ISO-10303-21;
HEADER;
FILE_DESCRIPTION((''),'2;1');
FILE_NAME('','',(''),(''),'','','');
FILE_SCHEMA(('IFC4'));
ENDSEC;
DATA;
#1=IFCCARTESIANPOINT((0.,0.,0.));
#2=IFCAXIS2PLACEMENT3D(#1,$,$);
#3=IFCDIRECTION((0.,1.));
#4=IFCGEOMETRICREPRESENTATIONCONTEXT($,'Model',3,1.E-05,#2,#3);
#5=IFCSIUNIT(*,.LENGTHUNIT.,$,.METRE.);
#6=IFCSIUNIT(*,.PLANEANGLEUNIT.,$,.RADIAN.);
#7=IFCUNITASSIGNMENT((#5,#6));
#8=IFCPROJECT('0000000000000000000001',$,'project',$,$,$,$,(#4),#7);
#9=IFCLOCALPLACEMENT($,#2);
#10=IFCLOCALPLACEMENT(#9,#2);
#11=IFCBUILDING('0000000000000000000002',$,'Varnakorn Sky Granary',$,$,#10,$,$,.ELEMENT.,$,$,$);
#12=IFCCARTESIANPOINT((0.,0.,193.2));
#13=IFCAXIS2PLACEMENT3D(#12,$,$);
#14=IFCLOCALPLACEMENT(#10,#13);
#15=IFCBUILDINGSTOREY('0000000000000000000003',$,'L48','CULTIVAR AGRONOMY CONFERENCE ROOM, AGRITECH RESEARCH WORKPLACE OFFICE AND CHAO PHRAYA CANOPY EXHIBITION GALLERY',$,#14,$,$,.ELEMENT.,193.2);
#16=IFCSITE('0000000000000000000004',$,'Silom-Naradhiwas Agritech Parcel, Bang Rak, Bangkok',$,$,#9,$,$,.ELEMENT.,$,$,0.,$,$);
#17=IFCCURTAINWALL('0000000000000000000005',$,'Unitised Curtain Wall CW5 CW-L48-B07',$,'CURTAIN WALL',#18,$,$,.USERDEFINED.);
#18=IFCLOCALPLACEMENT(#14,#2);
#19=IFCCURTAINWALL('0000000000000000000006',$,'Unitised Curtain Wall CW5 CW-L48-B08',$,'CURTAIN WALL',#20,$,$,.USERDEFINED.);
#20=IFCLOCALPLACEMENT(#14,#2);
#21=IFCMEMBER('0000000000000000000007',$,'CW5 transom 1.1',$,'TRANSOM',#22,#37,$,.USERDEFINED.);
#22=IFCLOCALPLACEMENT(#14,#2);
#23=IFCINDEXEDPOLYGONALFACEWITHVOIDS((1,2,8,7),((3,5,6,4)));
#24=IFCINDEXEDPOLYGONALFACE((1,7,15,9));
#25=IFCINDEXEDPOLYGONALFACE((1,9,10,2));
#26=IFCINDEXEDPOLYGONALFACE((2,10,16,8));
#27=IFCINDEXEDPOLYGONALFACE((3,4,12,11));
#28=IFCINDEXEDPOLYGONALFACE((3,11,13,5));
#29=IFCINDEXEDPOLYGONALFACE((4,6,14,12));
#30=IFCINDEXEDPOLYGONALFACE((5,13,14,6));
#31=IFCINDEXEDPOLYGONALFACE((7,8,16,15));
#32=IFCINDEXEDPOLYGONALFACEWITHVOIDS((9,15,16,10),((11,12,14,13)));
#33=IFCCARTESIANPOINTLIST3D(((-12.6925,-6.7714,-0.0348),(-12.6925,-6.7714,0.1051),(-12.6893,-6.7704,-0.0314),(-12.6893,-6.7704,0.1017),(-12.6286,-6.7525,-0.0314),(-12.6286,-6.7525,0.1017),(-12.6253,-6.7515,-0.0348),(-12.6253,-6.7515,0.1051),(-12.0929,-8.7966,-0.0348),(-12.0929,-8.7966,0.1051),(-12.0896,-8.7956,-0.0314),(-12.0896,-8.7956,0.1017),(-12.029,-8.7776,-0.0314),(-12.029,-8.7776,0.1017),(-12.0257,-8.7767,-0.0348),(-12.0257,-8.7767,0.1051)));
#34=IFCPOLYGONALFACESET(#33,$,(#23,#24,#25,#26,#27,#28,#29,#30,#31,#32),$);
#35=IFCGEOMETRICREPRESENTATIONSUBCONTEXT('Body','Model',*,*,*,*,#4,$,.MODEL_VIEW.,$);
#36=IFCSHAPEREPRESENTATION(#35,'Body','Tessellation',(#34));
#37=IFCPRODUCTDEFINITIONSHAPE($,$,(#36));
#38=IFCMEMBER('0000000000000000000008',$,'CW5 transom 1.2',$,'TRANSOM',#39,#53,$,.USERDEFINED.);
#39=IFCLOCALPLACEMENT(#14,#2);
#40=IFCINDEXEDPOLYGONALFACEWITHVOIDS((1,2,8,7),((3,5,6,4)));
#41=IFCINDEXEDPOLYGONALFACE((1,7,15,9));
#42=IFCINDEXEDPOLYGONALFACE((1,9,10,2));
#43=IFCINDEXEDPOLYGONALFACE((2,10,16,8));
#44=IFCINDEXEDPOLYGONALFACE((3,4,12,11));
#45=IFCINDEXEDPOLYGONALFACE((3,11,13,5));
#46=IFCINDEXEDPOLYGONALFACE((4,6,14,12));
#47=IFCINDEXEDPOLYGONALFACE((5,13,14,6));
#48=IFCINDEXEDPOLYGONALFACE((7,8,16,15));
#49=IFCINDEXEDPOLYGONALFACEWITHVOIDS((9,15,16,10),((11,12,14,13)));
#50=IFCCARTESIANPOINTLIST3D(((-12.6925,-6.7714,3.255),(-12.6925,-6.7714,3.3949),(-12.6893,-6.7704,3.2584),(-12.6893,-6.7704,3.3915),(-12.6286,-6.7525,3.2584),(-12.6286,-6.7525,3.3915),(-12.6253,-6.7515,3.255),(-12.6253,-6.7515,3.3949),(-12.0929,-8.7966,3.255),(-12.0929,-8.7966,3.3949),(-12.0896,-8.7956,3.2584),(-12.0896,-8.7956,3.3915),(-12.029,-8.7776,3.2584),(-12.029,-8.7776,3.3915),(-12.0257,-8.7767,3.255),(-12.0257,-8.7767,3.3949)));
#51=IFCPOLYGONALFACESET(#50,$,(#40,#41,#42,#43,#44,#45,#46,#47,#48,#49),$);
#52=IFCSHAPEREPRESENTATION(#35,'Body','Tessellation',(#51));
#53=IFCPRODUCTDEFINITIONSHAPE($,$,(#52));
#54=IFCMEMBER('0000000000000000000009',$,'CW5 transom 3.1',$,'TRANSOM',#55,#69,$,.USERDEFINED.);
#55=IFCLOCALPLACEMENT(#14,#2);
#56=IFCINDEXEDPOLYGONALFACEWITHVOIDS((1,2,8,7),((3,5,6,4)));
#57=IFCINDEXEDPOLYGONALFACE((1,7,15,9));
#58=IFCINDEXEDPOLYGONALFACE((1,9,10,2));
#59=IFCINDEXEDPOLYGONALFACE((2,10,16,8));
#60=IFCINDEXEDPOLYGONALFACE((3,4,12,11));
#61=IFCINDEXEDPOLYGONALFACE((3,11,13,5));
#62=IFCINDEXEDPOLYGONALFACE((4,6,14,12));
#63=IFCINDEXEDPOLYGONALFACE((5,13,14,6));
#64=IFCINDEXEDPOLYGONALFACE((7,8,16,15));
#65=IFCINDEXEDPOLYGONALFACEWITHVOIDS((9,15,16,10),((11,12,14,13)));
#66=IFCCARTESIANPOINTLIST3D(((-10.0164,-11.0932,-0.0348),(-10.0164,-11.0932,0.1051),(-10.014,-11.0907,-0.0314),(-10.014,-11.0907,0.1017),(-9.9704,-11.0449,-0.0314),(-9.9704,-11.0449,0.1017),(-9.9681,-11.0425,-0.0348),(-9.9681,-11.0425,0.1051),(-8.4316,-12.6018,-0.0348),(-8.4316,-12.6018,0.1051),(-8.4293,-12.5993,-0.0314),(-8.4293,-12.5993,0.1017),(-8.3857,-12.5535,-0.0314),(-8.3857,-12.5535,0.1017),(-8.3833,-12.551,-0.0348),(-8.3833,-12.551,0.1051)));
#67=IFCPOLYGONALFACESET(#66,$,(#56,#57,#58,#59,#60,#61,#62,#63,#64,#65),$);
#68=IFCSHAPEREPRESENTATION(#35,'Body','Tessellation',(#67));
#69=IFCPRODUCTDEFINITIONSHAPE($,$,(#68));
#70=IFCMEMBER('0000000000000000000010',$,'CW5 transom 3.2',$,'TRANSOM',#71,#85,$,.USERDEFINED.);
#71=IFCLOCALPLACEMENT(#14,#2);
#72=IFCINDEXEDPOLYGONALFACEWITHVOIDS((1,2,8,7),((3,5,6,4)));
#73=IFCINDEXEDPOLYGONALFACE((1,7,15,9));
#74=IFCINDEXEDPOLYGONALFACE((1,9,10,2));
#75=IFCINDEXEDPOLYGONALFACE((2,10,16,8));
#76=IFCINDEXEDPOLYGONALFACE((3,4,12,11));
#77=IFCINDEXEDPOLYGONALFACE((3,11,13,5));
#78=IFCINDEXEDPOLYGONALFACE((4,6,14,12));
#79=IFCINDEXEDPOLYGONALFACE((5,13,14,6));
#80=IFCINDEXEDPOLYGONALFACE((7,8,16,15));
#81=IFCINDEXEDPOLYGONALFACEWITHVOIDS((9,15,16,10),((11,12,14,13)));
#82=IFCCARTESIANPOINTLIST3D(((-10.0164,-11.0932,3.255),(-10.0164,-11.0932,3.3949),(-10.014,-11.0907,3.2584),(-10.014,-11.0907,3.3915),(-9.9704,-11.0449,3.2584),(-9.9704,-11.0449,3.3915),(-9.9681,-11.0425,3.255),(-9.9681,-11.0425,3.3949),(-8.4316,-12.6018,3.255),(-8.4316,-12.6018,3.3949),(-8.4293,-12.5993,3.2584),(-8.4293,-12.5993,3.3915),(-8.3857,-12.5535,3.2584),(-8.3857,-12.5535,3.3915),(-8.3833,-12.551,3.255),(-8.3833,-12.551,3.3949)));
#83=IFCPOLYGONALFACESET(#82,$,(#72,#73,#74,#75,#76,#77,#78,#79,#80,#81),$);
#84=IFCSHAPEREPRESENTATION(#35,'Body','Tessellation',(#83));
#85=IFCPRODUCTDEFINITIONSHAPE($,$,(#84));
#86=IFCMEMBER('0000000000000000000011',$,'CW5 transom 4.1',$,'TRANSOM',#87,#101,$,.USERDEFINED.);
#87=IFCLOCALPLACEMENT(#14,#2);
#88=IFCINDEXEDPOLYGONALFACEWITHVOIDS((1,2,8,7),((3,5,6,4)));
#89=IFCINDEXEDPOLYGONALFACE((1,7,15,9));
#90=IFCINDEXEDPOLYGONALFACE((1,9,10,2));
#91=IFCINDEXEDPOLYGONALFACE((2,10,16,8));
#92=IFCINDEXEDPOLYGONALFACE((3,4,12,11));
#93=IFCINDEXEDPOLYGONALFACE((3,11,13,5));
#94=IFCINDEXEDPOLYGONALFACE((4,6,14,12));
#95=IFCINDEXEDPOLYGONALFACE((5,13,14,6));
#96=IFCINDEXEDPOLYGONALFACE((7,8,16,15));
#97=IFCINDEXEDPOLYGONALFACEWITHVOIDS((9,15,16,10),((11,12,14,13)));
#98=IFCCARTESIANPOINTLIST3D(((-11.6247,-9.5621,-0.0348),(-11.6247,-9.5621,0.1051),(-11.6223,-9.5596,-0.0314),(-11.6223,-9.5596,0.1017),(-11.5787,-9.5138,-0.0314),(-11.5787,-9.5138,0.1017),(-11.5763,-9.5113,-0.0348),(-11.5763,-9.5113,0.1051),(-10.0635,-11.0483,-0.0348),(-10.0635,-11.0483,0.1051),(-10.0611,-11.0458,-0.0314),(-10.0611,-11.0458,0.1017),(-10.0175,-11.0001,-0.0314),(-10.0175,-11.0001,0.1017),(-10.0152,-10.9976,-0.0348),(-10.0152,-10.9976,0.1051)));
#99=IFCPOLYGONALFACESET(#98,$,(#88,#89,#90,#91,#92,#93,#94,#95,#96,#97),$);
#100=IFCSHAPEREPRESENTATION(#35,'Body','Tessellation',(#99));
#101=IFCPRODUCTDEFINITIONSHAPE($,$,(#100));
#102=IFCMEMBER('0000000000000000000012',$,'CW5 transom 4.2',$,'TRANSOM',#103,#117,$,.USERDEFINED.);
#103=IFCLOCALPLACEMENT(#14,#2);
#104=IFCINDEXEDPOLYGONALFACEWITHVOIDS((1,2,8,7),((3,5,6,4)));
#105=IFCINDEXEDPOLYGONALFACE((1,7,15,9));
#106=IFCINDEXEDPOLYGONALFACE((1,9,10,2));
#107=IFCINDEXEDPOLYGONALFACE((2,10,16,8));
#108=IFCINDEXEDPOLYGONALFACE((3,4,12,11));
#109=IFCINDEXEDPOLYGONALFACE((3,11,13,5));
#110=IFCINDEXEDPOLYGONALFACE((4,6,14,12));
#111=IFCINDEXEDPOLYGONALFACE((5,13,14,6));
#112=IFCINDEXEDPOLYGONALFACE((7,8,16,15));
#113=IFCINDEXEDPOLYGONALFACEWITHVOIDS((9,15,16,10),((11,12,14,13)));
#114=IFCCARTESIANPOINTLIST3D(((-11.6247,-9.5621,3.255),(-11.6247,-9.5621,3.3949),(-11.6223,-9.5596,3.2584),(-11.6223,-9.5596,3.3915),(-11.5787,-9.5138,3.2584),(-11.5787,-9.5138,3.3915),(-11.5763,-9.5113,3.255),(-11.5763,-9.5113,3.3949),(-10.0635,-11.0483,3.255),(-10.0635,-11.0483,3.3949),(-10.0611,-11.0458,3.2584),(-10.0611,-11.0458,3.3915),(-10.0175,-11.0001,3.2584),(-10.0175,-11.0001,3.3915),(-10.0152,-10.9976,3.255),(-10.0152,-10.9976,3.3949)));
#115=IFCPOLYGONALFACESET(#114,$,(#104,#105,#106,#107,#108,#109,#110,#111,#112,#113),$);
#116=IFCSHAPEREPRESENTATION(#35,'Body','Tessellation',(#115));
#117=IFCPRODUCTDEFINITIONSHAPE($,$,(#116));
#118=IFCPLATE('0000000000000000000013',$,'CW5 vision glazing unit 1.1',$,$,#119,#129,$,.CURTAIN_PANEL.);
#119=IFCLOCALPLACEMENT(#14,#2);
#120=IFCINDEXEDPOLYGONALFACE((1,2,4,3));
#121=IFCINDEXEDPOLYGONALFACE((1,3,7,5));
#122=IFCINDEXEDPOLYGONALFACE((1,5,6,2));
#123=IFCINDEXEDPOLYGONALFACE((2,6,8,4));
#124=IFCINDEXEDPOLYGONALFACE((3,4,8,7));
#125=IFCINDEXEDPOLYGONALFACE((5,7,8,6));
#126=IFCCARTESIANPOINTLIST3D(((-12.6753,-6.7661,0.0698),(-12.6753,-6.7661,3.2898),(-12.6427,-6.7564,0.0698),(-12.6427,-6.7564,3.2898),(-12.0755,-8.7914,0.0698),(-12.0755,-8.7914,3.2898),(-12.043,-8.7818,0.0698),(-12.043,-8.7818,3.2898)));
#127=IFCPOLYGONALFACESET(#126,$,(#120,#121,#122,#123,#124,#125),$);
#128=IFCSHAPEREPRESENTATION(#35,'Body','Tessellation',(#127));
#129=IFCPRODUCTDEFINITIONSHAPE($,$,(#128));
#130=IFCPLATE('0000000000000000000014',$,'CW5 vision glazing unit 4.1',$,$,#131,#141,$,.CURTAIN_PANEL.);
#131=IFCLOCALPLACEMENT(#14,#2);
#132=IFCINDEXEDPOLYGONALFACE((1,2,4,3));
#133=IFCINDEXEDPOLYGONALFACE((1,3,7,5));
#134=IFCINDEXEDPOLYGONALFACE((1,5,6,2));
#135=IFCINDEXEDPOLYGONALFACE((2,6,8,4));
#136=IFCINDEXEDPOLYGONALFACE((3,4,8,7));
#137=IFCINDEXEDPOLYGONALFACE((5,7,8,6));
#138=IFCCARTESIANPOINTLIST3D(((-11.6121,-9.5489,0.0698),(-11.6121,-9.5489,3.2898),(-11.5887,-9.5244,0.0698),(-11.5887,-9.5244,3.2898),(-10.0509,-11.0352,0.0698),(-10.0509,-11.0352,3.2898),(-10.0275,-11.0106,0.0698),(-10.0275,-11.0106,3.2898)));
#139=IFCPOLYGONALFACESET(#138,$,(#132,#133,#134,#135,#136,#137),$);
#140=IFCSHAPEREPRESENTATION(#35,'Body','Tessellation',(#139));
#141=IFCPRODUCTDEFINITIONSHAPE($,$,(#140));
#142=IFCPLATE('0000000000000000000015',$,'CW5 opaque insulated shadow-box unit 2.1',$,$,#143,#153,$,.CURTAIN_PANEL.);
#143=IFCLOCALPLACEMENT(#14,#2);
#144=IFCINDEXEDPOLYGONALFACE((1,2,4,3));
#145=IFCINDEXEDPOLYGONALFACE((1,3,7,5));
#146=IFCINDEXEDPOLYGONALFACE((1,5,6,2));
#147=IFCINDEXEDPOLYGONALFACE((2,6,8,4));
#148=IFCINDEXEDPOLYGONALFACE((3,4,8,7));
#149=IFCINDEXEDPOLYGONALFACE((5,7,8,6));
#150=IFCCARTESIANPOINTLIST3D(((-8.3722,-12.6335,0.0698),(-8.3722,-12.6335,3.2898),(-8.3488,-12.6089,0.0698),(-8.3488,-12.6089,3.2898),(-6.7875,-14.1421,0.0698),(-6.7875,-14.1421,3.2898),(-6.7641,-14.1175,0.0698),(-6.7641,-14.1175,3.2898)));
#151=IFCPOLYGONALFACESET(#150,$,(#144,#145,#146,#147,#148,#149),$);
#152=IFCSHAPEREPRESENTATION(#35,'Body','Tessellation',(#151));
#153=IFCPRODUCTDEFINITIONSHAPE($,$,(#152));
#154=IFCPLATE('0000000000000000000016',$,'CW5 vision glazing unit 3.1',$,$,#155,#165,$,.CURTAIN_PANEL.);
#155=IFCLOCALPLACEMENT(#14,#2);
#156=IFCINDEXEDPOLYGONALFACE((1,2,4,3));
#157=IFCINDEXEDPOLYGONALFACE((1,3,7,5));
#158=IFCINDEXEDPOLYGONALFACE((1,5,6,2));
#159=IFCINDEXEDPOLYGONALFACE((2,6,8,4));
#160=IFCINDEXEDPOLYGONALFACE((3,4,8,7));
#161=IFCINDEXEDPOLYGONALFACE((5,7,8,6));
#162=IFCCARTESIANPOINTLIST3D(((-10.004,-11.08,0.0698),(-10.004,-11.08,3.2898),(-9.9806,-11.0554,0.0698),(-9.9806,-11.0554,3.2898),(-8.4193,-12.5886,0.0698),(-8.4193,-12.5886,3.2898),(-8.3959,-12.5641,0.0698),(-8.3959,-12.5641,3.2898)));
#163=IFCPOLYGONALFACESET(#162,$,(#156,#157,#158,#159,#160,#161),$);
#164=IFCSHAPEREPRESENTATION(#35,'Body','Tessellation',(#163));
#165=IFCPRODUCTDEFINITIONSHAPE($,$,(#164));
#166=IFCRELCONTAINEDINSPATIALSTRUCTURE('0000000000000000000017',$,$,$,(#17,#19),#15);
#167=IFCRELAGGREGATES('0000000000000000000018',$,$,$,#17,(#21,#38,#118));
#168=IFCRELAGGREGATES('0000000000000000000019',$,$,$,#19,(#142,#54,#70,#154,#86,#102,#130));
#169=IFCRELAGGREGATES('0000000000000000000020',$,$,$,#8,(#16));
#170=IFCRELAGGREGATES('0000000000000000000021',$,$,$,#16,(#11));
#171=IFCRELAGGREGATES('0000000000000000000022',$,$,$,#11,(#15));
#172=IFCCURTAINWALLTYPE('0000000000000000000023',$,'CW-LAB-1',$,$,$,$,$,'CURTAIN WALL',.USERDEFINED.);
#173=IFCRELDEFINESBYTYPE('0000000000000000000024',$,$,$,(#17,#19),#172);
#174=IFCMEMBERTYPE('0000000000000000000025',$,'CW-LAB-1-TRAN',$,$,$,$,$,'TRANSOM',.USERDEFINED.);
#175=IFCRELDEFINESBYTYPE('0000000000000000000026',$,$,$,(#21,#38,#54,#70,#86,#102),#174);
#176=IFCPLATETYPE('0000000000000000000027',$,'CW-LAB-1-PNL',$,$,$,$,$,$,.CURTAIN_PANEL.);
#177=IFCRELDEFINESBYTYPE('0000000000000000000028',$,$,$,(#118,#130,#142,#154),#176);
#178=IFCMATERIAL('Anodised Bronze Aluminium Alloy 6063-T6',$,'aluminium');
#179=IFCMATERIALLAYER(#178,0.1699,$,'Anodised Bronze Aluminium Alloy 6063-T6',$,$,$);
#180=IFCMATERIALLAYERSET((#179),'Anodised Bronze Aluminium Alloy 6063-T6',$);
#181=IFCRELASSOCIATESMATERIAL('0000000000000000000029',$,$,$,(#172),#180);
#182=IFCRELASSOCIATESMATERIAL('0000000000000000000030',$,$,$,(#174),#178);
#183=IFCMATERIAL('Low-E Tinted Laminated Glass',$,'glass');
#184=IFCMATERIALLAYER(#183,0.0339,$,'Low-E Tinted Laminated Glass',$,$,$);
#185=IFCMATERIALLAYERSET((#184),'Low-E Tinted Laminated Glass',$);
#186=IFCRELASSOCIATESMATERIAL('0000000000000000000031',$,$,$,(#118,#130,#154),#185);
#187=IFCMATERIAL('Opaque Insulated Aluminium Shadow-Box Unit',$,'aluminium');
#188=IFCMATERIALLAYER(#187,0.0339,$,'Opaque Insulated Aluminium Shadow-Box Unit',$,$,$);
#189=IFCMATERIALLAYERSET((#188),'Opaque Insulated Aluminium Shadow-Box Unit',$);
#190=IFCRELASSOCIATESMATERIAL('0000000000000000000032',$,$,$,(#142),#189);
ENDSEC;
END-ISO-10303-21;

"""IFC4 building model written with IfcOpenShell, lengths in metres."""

from ifc_helpers import new_model, si_unit, direction, frame, origin, origin_2d, place, context, subcontext, project, spatial, rectangle, hollow_rectangle, extrude, source, transform, mapped, material, layer, layer_set, material_profile, profile_set, type_object, type_shapes, element, aggregate, save


model = new_model("IFC4")

# Units and contexts
model_context = context("Model", 3, precision=1e-05, world=origin(), true_north=direction((0.0, 1.0)))
body_context = subcontext(model_context, "Body", "Model", "MODEL_VIEW")
ifc_project = project(units=[si_unit("LENGTHUNIT", "METRE"), si_unit("PLANEANGLEUNIT", "RADIAN")], contexts=[model_context])

# Site, building, storey
site_placement = place(None, origin())
site = spatial("IfcSite", under=ifc_project, at=site_placement, Name="Silom-Naradhiwas Agritech Parcel, Bang Rak, Bangkok", CompositionType="ELEMENT", RefElevation=0.0)
building_placement = place(site_placement, origin())
building = spatial("IfcBuilding", under=site, at=building_placement, Name="Varnakorn Sky Granary", CompositionType="ELEMENT")
storey_placement = place(building_placement, frame((0.0, 0.0, 193.2)))
storey = spatial("IfcBuildingStorey", under=building, at=storey_placement, Name="L48", Description="CULTIVAR AGRONOMY CONFERENCE ROOM, AGRITECH RESEARCH WORKPLACE OFFICE AND CHAO PHRAYA CANOPY EXHIBITION GALLERY", CompositionType="ELEMENT", Elevation=193.2)

# Curtain walls
ifc_material_1 = material(Name="Anodised Bronze Aluminium Alloy 6063-T6", Category="aluminium")
ifc_layer_1 = layer(ifc_material_1, 0.1699, Name="Anodised Bronze Aluminium Alloy 6063-T6")
ifc_layer_set_1 = layer_set([ifc_layer_1], Name="Anodised Bronze Aluminium Alloy 6063-T6")
curtain_wall_type = type_object("IfcCurtainWallType", Name="CW-LAB-1", ElementType="CURTAIN WALL", PredefinedType="USERDEFINED", material=ifc_layer_set_1)
curtain_wall_1_placement = place(storey_placement, origin())
curtain_wall_1 = element("IfcCurtainWall", 1, at=curtain_wall_1_placement, inside=storey, type_object=curtain_wall_type, Name="Unitised Curtain Wall CW5 CW-L48-B07", ObjectType="CURTAIN WALL", PredefinedType="USERDEFINED")
curtain_wall_2_placement = place(storey_placement, origin())
curtain_wall_2 = element("IfcCurtainWall", 2, at=curtain_wall_2_placement, inside=storey, type_object=curtain_wall_type, Name="Unitised Curtain Wall CW5 CW-L48-B08", ObjectType="CURTAIN WALL", PredefinedType="USERDEFINED")

# Members
ifc_material_profile_1 = material_profile(ifc_material_1, hollow_rectangle(XDim=0.0701, YDim=0.1399, WallThickness=0.0034, at=origin_2d()), Name="ALU TRAN 70x140")
ifc_profile_set_1 = profile_set([ifc_material_profile_1], Name="Anodised Bronze Aluminium Alloy 6063-T6")
member_type_1 = type_object("IfcMemberType", Name="CW-LAB-1-TRAN", ElementType="TRANSOM", PredefinedType="USERDEFINED", material=ifc_profile_set_1)
member_1_placement = place(storey_placement, frame((-12.0593, -8.7866, 0.0352), z_axis=(-0.283899, 0.958854, 0.0), x_axis=(-0.958854, -0.283899, 0.0)))
member_1 = element("IfcMember", 3, at=member_1_placement, type_object=member_type_1, Name="CW5 transom 1.1", ObjectType="TRANSOM", PredefinedType="USERDEFINED", context=body_context, shape_type="SweptSolid", body=[
    extrude(hollow_rectangle(XDim=0.0701, YDim=0.1399, WallThickness=0.0034, at=origin_2d()), origin(), (0.0, 0.0, 1.0), 2.1121),
])
member_2_placement = place(storey_placement, frame((-12.0593, -8.7866, 3.325), z_axis=(-0.283899, 0.958854, 0.0), x_axis=(-0.958854, -0.283899, 0.0)))
member_2 = element("IfcMember", 4, at=member_2_placement, type_object=member_type_1, Name="CW5 transom 1.2", ObjectType="TRANSOM", PredefinedType="USERDEFINED", context=body_context, shape_type="SweptSolid", body=[
    extrude(hollow_rectangle(XDim=0.0701, YDim=0.1399, WallThickness=0.0034, at=origin_2d()), origin(), (0.0, 0.0, 1.0), 2.1121),
])
member_3_placement = place(storey_placement, frame((-8.4075, -12.5764, 0.0352), z_axis=(-0.7243, 0.689485, 0.0), x_axis=(-0.689485, -0.7243, 0.0)))
member_3 = element("IfcMember", 5, at=member_3_placement, type_object=member_type_1, Name="CW5 transom 3.1", ObjectType="TRANSOM", PredefinedType="USERDEFINED", context=body_context, shape_type="SweptSolid", body=[
    extrude(hollow_rectangle(XDim=0.0701, YDim=0.1399, WallThickness=0.0034, at=origin_2d()), origin(), (0.0, 0.0, 1.0), 2.188),
])
member_4_placement = place(storey_placement, frame((-8.4075, -12.5764, 3.325), z_axis=(-0.7243, 0.689485, 0.0), x_axis=(-0.689485, -0.7243, 0.0)))
member_4 = element("IfcMember", 6, at=member_4_placement, type_object=member_type_1, Name="CW5 transom 3.2", ObjectType="TRANSOM", PredefinedType="USERDEFINED", context=body_context, shape_type="SweptSolid", body=[
    extrude(hollow_rectangle(XDim=0.0701, YDim=0.1399, WallThickness=0.0034, at=origin_2d()), origin(), (0.0, 0.0, 1.0), 2.188),
])
member_5_placement = place(storey_placement, frame((-10.0393, -11.0229, 0.0352), z_axis=(-0.724278, 0.689508, 0.0), x_axis=(-0.689508, -0.724278, 0.0)))
member_5 = element("IfcMember", 7, at=member_5_placement, type_object=member_type_1, Name="CW5 transom 4.1", ObjectType="TRANSOM", PredefinedType="USERDEFINED", context=body_context, shape_type="SweptSolid", body=[
    extrude(hollow_rectangle(XDim=0.0701, YDim=0.1399, WallThickness=0.0034, at=origin_2d()), origin(), (0.0, 0.0, 1.0), 2.1555),
])
member_6_placement = place(storey_placement, frame((-10.0393, -11.0229, 3.325), z_axis=(-0.724278, 0.689508, 0.0), x_axis=(-0.689508, -0.724278, 0.0)))
member_6 = element("IfcMember", 8, at=member_6_placement, type_object=member_type_1, Name="CW5 transom 4.2", ObjectType="TRANSOM", PredefinedType="USERDEFINED", context=body_context, shape_type="SweptSolid", body=[
    extrude(hollow_rectangle(XDim=0.0701, YDim=0.1399, WallThickness=0.0034, at=origin_2d()), origin(), (0.0, 0.0, 1.0), 2.1555),
])

# Plates
ifc_material_2 = material(Name="Low-E Tinted Laminated Glass", Category="glass")
ifc_layer_2 = layer(ifc_material_2, 0.0339, Name="Low-E Tinted Laminated Glass")
ifc_layer_set_2 = layer_set([ifc_layer_2], Name="Low-E Tinted Laminated Glass")
plate_type = type_object("IfcPlateType", Name="CW-LAB-1-PNL", PredefinedType="CURTAIN_PANEL")
shared_shape_1 = source(origin(), body_context, "Body", "SweptSolid", [
    extrude(rectangle(XDim=2.1123, YDim=0.0339, at=origin_2d()), origin(), (0.0, 0.0, 1.0), 3.22),
])
plate_1_placement = place(storey_placement, frame((-12.3591, -7.7739, 0.0698), z_axis=(0.0, 0.0, 1.0), x_axis=(-0.283921, 0.958848, 0.0)))
plate_1 = element("IfcPlate", 9, at=plate_1_placement, type_object=plate_type, material=ifc_layer_set_2, Name="CW5 vision glazing unit 1.1", PredefinedType="CURTAIN_PANEL", context=body_context, shape_type="MappedRepresentation", body=[
    mapped(shared_shape_1, transform((0.0, 0.0, 0.0), x_axis=(1.0, 0.0, 0.0), y_axis=(0.0, 1.0, 0.0), z_axis=(0.0, 0.0, 1.0), scale=1.0)),
])
aggregate(curtain_wall_1, [member_1, member_2, plate_1])
shared_shape_2 = source(origin(), body_context, "Body", "SweptSolid", [
    extrude(rectangle(XDim=2.1555, YDim=0.0339, at=origin_2d()), origin(), (0.0, 0.0, 1.0), 3.22),
])
plate_2_placement = place(storey_placement, frame((-10.8198, -10.2798, 0.0698), z_axis=(0.0, 0.0, 1.0), x_axis=(-0.72427, 0.689516, 0.0)))
plate_2 = element("IfcPlate", 10, at=plate_2_placement, type_object=plate_type, material=ifc_layer_set_2, Name="CW5 vision glazing unit 4.1", PredefinedType="CURTAIN_PANEL", context=body_context, shape_type="MappedRepresentation", body=[
    mapped(shared_shape_2, transform((0.0, 0.0, 0.0), x_axis=(1.0, 0.0, 0.0), y_axis=(0.0, 1.0, 0.0), z_axis=(0.0, 0.0, 1.0), scale=1.0)),
])
ifc_material_3 = material(Name="Opaque Insulated Aluminium Shadow-Box Unit", Category="aluminium")
ifc_layer_3 = layer(ifc_material_3, 0.0339, Name="Opaque Insulated Aluminium Shadow-Box Unit")
ifc_layer_set_3 = layer_set([ifc_layer_3], Name="Opaque Insulated Aluminium Shadow-Box Unit")
shared_shape_3 = source(origin(), body_context, "Body", "SweptSolid", [
    extrude(rectangle(XDim=2.188, YDim=0.0339, at=origin_2d()), origin(), (0.0, 0.0, 1.0), 3.22),
])
type_shapes(plate_type, [shared_shape_1, shared_shape_2, shared_shape_3])
plate_3_placement = place(storey_placement, frame((-7.5681, -13.3755, 0.0698), z_axis=(0.0, 0.0, 1.0), x_axis=(-0.72427, 0.689516, 0.0)))
plate_3 = element("IfcPlate", 11, at=plate_3_placement, type_object=plate_type, material=ifc_layer_set_3, Name="CW5 opaque insulated shadow-box unit 2.1", PredefinedType="CURTAIN_PANEL", context=body_context, shape_type="MappedRepresentation", body=[
    mapped(shared_shape_3, transform((0.0, 0.0, 0.0), x_axis=(1.0, 0.0, 0.0), y_axis=(0.0, 1.0, 0.0), z_axis=(0.0, 0.0, 1.0), scale=1.0)),
])
plate_4_placement = place(storey_placement, frame((-9.2, -11.822, 0.0698), z_axis=(0.0, 0.0, 1.0), x_axis=(-0.72427, 0.689516, 0.0)))
plate_4 = element("IfcPlate", 12, at=plate_4_placement, type_object=plate_type, material=ifc_layer_set_2, Name="CW5 vision glazing unit 3.1", PredefinedType="CURTAIN_PANEL", context=body_context, shape_type="MappedRepresentation", body=[
    mapped(shared_shape_3, transform((0.0, 0.0, 0.0), x_axis=(1.0, 0.0, 0.0), y_axis=(0.0, 1.0, 0.0), z_axis=(0.0, 0.0, 1.0), scale=1.0)),
])
aggregate(curtain_wall_2, [plate_3, member_3, member_4, plate_4, member_5, member_6, plate_2])

save(model, "model.ifc")
